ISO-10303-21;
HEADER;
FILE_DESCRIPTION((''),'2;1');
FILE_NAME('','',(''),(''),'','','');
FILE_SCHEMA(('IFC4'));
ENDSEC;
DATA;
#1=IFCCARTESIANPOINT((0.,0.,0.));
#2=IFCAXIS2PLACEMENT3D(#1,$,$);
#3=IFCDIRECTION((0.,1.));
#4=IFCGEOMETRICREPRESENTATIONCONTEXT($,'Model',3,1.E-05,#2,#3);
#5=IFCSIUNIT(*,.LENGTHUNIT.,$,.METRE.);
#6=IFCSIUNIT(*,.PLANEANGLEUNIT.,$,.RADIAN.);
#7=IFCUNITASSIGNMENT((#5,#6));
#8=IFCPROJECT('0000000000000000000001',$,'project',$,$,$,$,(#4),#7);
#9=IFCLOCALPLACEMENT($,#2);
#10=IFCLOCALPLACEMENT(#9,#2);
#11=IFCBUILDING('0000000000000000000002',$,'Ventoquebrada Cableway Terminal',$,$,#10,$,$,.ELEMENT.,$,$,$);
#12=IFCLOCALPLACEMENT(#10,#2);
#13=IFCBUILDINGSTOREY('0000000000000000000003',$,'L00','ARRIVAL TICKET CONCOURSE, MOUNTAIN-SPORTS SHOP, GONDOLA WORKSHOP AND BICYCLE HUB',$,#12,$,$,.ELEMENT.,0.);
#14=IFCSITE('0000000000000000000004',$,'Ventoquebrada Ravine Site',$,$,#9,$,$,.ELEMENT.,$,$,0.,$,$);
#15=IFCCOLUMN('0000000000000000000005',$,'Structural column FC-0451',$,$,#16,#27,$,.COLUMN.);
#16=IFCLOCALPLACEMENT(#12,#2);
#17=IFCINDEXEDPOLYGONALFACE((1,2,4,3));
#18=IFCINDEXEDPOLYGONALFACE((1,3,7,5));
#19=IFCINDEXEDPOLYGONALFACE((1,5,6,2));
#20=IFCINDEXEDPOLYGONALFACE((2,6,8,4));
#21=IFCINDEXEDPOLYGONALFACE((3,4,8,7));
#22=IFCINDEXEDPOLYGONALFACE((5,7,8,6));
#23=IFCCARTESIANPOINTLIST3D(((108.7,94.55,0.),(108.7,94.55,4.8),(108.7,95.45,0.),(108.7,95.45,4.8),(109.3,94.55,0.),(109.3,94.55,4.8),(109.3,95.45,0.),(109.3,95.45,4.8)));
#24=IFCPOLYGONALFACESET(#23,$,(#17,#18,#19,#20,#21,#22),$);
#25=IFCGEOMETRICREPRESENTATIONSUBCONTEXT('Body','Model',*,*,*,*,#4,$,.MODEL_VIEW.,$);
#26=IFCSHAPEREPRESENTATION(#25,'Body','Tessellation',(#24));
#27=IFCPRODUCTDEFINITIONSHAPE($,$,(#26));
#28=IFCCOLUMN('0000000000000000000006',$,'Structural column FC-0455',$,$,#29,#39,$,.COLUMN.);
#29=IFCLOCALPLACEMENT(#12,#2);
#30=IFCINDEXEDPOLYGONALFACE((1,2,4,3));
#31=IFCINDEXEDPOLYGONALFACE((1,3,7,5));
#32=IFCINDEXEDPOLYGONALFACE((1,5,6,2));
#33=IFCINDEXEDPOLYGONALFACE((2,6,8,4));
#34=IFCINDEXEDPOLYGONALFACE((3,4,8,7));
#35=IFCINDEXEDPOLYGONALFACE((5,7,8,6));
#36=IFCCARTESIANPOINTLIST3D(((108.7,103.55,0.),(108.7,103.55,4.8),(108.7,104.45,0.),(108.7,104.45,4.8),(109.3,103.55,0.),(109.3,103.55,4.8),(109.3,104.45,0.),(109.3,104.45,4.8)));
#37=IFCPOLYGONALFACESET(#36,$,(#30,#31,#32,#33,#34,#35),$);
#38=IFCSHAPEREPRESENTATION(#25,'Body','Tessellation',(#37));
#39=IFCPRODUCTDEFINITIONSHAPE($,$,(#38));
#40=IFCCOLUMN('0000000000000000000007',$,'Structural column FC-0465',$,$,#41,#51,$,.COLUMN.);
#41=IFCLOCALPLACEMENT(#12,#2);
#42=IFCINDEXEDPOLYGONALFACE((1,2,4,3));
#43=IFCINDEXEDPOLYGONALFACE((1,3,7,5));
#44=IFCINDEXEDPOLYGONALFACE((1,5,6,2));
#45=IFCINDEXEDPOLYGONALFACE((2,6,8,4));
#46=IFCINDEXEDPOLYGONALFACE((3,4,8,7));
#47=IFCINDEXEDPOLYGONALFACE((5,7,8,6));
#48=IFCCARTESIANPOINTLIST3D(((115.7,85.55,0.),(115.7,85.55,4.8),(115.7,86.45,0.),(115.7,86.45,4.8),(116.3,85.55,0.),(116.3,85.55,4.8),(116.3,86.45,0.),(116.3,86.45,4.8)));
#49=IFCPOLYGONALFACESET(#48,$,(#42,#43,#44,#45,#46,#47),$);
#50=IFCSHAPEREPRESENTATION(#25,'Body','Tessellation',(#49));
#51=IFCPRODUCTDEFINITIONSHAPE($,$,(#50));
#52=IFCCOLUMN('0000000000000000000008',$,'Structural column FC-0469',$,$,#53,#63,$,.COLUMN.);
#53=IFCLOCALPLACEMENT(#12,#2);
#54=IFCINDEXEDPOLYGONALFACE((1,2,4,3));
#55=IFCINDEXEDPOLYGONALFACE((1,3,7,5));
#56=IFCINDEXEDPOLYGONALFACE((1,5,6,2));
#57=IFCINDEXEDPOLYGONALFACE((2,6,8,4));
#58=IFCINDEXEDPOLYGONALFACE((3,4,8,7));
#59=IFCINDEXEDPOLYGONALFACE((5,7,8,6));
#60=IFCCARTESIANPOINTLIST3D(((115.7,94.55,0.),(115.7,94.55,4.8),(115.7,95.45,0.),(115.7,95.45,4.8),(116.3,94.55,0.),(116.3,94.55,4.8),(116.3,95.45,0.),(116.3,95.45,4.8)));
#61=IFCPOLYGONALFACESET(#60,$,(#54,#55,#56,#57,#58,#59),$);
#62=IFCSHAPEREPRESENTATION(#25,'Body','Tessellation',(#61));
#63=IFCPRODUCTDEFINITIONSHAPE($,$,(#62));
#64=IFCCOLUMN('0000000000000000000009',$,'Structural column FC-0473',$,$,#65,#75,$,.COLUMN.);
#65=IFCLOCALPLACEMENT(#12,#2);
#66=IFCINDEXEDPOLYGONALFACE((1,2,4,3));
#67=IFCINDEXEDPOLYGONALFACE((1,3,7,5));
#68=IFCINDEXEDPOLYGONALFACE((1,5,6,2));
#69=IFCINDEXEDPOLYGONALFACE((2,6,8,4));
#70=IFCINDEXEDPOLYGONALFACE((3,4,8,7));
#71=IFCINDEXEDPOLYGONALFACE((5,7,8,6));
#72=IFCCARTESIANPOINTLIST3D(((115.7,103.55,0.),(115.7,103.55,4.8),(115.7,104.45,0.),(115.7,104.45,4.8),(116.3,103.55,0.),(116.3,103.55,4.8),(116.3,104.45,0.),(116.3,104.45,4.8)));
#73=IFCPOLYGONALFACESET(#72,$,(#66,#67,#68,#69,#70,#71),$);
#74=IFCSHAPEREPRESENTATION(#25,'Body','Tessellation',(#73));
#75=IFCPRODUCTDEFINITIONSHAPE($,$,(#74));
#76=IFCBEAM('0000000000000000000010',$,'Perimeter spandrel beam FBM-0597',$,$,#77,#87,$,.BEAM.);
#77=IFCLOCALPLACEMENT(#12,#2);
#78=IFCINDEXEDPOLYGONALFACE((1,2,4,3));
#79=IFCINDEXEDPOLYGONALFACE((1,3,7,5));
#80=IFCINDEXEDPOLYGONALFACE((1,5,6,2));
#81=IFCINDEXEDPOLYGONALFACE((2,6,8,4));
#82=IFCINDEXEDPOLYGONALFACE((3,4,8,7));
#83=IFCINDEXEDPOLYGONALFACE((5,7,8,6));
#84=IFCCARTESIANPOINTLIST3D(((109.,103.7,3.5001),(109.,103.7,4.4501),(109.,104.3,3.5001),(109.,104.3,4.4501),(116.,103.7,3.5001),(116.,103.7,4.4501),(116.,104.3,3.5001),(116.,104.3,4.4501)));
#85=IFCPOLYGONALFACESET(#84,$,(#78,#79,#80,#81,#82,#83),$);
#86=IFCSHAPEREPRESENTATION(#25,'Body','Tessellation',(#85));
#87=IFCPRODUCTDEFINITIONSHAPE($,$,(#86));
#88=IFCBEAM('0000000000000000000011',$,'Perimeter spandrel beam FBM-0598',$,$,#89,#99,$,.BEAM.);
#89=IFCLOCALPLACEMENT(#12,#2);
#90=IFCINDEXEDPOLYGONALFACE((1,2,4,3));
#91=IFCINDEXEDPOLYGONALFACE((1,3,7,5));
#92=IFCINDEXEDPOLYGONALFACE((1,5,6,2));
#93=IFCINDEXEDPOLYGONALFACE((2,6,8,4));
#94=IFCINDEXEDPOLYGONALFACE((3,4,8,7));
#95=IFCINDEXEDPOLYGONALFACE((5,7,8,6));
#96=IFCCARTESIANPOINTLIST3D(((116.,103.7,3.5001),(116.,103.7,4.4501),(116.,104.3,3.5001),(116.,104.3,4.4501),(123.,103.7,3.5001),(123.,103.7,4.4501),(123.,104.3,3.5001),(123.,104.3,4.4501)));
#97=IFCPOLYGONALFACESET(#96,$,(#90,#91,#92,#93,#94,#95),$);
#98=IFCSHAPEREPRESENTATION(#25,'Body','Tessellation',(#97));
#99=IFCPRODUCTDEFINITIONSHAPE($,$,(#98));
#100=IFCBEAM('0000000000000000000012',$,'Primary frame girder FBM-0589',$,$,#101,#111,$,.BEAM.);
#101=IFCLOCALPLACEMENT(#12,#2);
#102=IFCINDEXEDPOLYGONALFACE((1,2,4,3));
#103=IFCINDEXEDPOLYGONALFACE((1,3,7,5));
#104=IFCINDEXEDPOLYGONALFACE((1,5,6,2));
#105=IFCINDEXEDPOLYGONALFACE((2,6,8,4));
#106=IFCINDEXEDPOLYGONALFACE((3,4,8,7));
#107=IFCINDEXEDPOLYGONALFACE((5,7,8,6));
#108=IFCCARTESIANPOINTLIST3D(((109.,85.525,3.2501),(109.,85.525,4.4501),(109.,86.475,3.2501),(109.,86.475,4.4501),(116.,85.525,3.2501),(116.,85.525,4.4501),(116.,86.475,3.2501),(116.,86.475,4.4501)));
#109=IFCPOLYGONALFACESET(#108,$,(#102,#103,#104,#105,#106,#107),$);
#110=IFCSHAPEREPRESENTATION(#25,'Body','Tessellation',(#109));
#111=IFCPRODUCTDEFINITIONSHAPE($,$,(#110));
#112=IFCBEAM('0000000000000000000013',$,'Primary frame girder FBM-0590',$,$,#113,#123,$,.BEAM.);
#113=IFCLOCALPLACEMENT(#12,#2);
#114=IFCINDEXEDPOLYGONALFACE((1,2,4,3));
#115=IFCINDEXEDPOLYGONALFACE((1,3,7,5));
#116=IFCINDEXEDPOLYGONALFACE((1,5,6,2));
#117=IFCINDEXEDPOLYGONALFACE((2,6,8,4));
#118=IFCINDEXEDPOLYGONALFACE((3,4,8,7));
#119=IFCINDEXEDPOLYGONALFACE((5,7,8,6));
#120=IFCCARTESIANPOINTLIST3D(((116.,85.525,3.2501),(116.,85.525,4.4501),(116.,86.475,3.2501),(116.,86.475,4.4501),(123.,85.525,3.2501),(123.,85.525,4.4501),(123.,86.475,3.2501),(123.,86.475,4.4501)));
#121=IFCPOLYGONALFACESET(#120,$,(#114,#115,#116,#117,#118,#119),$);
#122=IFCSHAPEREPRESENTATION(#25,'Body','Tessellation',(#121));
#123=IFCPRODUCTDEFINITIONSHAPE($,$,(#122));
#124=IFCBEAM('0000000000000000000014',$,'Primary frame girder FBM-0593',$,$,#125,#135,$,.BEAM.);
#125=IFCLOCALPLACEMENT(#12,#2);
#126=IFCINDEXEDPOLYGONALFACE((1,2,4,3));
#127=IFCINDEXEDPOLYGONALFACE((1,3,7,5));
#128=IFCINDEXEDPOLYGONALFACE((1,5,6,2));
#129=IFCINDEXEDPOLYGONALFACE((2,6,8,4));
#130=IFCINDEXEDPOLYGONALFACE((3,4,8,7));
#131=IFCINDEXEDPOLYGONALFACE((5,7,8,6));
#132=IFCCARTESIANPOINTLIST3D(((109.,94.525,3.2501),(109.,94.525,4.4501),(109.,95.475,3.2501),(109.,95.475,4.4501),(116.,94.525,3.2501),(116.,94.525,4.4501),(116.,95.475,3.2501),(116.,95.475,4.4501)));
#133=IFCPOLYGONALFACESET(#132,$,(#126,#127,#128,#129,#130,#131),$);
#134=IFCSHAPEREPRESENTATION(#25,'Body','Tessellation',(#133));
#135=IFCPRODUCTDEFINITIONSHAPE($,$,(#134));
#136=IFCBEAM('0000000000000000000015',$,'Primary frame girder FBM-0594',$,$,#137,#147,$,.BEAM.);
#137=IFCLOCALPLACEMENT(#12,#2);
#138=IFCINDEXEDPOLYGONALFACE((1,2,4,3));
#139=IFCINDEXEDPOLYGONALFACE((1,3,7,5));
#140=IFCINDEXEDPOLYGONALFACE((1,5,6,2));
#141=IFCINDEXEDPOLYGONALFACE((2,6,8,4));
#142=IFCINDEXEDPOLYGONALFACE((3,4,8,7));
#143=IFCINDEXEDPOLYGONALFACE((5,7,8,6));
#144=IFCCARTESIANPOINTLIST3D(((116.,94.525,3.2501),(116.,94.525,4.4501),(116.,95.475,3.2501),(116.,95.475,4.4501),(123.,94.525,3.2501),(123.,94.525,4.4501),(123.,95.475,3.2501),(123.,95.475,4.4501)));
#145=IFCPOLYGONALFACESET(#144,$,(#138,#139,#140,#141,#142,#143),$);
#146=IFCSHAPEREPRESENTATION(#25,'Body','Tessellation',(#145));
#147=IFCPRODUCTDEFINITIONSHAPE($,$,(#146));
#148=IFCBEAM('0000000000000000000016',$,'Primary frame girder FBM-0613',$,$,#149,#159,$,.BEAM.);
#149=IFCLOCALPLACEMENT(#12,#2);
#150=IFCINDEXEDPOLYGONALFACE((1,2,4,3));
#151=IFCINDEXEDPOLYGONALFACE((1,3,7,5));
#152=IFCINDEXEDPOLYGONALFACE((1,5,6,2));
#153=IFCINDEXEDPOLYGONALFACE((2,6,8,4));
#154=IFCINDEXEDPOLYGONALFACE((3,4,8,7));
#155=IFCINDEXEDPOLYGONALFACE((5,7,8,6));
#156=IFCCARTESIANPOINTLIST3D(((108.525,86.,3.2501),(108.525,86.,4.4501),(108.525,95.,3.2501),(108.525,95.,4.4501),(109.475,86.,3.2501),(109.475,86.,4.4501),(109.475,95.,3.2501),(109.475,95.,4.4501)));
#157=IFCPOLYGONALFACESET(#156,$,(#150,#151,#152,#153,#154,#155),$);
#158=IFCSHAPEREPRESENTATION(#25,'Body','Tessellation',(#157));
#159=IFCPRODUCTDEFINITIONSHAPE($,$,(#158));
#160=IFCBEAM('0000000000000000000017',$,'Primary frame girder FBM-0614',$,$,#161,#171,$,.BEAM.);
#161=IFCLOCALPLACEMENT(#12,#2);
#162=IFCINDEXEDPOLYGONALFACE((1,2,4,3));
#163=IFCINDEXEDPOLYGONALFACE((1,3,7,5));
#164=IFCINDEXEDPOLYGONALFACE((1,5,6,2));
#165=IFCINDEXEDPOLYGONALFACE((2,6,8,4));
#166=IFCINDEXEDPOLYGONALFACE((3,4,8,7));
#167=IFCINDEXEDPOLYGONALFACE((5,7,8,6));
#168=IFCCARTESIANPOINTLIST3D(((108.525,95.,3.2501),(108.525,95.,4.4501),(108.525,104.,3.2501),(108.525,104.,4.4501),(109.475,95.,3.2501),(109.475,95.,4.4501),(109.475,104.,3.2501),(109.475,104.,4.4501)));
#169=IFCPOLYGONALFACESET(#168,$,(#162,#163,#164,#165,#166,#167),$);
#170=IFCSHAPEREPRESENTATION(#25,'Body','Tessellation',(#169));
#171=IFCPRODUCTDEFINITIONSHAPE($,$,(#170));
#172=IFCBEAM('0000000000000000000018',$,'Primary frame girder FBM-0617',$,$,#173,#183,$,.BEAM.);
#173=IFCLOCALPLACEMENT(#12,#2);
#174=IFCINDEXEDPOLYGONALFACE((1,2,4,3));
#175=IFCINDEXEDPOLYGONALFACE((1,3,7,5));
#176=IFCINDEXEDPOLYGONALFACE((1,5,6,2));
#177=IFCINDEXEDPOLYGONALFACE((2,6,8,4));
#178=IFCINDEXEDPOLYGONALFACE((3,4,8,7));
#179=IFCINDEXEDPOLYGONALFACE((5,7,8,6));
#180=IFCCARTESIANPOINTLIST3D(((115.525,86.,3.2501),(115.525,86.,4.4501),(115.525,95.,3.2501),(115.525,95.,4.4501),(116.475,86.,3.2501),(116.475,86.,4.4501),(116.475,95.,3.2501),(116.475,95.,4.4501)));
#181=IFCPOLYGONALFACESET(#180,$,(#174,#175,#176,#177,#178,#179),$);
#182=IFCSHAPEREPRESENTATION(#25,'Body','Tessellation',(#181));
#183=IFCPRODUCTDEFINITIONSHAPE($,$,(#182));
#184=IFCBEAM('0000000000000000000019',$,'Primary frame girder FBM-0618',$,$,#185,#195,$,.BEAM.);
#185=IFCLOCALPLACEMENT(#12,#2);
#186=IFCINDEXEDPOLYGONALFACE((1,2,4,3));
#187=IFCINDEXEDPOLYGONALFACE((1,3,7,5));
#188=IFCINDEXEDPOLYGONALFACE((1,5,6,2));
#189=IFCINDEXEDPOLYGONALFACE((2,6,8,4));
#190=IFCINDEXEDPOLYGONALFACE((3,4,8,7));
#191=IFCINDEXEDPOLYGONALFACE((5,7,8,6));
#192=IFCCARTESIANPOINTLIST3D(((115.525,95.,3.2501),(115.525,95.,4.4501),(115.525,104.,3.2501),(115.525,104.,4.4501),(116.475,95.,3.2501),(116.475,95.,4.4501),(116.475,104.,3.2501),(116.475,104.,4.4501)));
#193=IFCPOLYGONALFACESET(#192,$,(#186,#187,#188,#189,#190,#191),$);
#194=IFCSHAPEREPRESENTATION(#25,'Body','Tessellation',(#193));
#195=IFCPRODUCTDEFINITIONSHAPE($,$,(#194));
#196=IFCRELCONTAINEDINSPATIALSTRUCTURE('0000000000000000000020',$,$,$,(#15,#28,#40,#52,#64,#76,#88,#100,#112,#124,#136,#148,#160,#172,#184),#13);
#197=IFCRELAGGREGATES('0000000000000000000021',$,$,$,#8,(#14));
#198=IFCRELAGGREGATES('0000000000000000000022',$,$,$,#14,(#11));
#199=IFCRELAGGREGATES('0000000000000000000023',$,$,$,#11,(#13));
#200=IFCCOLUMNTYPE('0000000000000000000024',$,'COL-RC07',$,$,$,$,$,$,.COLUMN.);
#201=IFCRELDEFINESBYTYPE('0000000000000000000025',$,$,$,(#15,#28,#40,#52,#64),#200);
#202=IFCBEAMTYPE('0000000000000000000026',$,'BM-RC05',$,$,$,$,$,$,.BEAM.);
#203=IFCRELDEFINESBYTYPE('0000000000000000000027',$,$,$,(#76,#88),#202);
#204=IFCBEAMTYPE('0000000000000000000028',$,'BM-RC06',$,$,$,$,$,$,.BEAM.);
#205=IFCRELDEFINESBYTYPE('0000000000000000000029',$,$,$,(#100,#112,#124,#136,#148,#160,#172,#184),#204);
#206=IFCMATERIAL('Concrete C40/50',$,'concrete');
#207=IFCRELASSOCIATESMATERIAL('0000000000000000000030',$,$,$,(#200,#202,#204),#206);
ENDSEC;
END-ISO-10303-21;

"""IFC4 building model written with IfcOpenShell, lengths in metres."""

from ifc_helpers import new_model, si_unit, direction, frame, origin, origin_2d, place, context, subcontext, project, spatial, rectangle, extrude, material, material_profile, profile_set, type_object, element, save


model = new_model("IFC4")

# Units and contexts
model_context = context("Model", 3, precision=1e-05, world=origin(), true_north=direction((0.0, 1.0)))
body_context = subcontext(model_context, "Body", "Model", "MODEL_VIEW")
ifc_project = project(units=[si_unit("LENGTHUNIT", "METRE"), si_unit("PLANEANGLEUNIT", "RADIAN")], contexts=[model_context])

# Site, building, storey
site_placement = place(None, origin())
site = spatial("IfcSite", under=ifc_project, at=site_placement, Name="Ventoquebrada Ravine Site", CompositionType="ELEMENT", RefElevation=0.0)
building_placement = place(site_placement, origin())
building = spatial("IfcBuilding", under=site, at=building_placement, Name="Ventoquebrada Cableway Terminal", CompositionType="ELEMENT")
storey_placement = place(building_placement, origin())
storey = spatial("IfcBuildingStorey", under=building, at=storey_placement, Name="L00", Description="ARRIVAL TICKET CONCOURSE, MOUNTAIN-SPORTS SHOP, GONDOLA WORKSHOP AND BICYCLE HUB", CompositionType="ELEMENT", Elevation=0.0)

# Columns
ifc_material_1 = material(Name="Concrete C40/50", Category="concrete")
ifc_material_profile_1 = material_profile(ifc_material_1, rectangle(XDim=0.6001, YDim=0.8999, at=origin_2d()), Name="RC-COL-900X600")
ifc_profile_set_1 = profile_set([ifc_material_profile_1], Name="Concrete C40/50")
column_type = type_object("IfcColumnType", Name="COL-RC07", PredefinedType="COLUMN", material=ifc_profile_set_1)
for number, where, z_axis, x_axis, name in (
    (1, (109.0, 95.0, 0.0), (0.0, 0.0, 1.0), (1.0, 0.0, 0.0), "Structural column FC-0451"),
    (2, (109.0, 104.0, 0.0), (0.0, 0.0, 1.0), (1.0, 0.0, 0.0), "Structural column FC-0455"),
    (3, (116.0, 86.0, 0.0), (0.0, 0.0, 1.0), (1.0, 0.0, 0.0), "Structural column FC-0465"),
    (4, (116.0, 95.0, 0.0), (0.0, 0.0, 1.0), (1.0, 0.0, 0.0), "Structural column FC-0469"),
    (5, (116.0, 104.0, 0.0), (0.0, 0.0, 1.0), (1.0, 0.0, 0.0), "Structural column FC-0473"),
):
    element("IfcColumn", number, at=place(storey_placement, frame(where, z_axis=z_axis, x_axis=x_axis)), inside=storey, type_object=column_type, Name=name, PredefinedType="COLUMN", context=body_context, shape_type="SweptSolid", body=[
        extrude(rectangle(XDim=0.6001, YDim=0.8999, at=origin_2d()), origin(), (0.0, 0.0, 1.0), 4.8),
    ])

# Beams
ifc_material_profile_2 = material_profile(ifc_material_1, rectangle(XDim=0.6001, YDim=0.95, at=origin_2d()), Name="RC-BM-600X950")
ifc_profile_set_2 = profile_set([ifc_material_profile_2], Name="Concrete C40/50")
beam_type_1 = type_object("IfcBeamType", Name="BM-RC05", PredefinedType="BEAM", material=ifc_profile_set_2)
for number, where, z_axis, x_axis, name in (
    (6, (109.0, 104.0, 3.9751), (1.0, 0.0, 0.0), (0.0, 1.0, 0.0), "Perimeter spandrel beam FBM-0597"),
    (7, (116.0, 104.0, 3.9751), (1.0, 0.0, 0.0), (0.0, 1.0, 0.0), "Perimeter spandrel beam FBM-0598"),
):
    element("IfcBeam", number, at=place(storey_placement, frame(where, z_axis=z_axis, x_axis=x_axis)), inside=storey, type_object=beam_type_1, Name=name, PredefinedType="BEAM", context=body_context, shape_type="SweptSolid", body=[
        extrude(rectangle(XDim=0.6001, YDim=0.95, at=origin_2d()), origin(), (0.0, 0.0, 1.0), 7.0),
    ])
ifc_material_profile_3 = material_profile(ifc_material_1, rectangle(XDim=0.95, YDim=1.2, at=origin_2d()), Name="RC-BM-950X1200")
ifc_profile_set_3 = profile_set([ifc_material_profile_3], Name="Concrete C40/50")
beam_type_2 = type_object("IfcBeamType", Name="BM-RC06", PredefinedType="BEAM", material=ifc_profile_set_3)
for number, where, z_axis, x_axis, name in (
    (8, (109.0, 86.0, 3.8501), (1.0, 0.0, 0.0), (0.0, 1.0, 0.0), "Primary frame girder FBM-0589"),
    (9, (116.0, 86.0, 3.8501), (1.0, 0.0, 0.0), (0.0, 1.0, 0.0), "Primary frame girder FBM-0590"),
    (10, (109.0, 95.0, 3.8501), (1.0, 0.0, 0.0), (0.0, 1.0, 0.0), "Primary frame girder FBM-0593"),
    (11, (116.0, 95.0, 3.8501), (1.0, 0.0, 0.0), (0.0, 1.0, 0.0), "Primary frame girder FBM-0594"),
):
    element("IfcBeam", number, at=place(storey_placement, frame(where, z_axis=z_axis, x_axis=x_axis)), inside=storey, type_object=beam_type_2, Name=name, PredefinedType="BEAM", context=body_context, shape_type="SweptSolid", body=[
        extrude(rectangle(XDim=0.95, YDim=1.2, at=origin_2d()), origin(), (0.0, 0.0, 1.0), 7.0),
    ])
for number, where, z_axis, x_axis, name in (
    (12, (109.0, 86.0, 3.8501), (0.0, 1.0, 0.0), (-1.0, 0.0, 0.0), "Primary frame girder FBM-0613"),
    (13, (109.0, 95.0, 3.8501), (0.0, 1.0, 0.0), (-1.0, 0.0, 0.0), "Primary frame girder FBM-0614"),
    (14, (116.0, 86.0, 3.8501), (0.0, 1.0, 0.0), (-1.0, 0.0, 0.0), "Primary frame girder FBM-0617"),
    (15, (116.0, 95.0, 3.8501), (0.0, 1.0, 0.0), (-1.0, 0.0, 0.0), "Primary frame girder FBM-0618"),
):
    element("IfcBeam", number, at=place(storey_placement, frame(where, z_axis=z_axis, x_axis=x_axis)), inside=storey, type_object=beam_type_2, Name=name, PredefinedType="BEAM", context=body_context, shape_type="SweptSolid", body=[
        extrude(rectangle(XDim=0.95, YDim=1.2, at=origin_2d()), origin(), (0.0, 0.0, 1.0), 9.0),
    ])

save(model, "model.ifc")
